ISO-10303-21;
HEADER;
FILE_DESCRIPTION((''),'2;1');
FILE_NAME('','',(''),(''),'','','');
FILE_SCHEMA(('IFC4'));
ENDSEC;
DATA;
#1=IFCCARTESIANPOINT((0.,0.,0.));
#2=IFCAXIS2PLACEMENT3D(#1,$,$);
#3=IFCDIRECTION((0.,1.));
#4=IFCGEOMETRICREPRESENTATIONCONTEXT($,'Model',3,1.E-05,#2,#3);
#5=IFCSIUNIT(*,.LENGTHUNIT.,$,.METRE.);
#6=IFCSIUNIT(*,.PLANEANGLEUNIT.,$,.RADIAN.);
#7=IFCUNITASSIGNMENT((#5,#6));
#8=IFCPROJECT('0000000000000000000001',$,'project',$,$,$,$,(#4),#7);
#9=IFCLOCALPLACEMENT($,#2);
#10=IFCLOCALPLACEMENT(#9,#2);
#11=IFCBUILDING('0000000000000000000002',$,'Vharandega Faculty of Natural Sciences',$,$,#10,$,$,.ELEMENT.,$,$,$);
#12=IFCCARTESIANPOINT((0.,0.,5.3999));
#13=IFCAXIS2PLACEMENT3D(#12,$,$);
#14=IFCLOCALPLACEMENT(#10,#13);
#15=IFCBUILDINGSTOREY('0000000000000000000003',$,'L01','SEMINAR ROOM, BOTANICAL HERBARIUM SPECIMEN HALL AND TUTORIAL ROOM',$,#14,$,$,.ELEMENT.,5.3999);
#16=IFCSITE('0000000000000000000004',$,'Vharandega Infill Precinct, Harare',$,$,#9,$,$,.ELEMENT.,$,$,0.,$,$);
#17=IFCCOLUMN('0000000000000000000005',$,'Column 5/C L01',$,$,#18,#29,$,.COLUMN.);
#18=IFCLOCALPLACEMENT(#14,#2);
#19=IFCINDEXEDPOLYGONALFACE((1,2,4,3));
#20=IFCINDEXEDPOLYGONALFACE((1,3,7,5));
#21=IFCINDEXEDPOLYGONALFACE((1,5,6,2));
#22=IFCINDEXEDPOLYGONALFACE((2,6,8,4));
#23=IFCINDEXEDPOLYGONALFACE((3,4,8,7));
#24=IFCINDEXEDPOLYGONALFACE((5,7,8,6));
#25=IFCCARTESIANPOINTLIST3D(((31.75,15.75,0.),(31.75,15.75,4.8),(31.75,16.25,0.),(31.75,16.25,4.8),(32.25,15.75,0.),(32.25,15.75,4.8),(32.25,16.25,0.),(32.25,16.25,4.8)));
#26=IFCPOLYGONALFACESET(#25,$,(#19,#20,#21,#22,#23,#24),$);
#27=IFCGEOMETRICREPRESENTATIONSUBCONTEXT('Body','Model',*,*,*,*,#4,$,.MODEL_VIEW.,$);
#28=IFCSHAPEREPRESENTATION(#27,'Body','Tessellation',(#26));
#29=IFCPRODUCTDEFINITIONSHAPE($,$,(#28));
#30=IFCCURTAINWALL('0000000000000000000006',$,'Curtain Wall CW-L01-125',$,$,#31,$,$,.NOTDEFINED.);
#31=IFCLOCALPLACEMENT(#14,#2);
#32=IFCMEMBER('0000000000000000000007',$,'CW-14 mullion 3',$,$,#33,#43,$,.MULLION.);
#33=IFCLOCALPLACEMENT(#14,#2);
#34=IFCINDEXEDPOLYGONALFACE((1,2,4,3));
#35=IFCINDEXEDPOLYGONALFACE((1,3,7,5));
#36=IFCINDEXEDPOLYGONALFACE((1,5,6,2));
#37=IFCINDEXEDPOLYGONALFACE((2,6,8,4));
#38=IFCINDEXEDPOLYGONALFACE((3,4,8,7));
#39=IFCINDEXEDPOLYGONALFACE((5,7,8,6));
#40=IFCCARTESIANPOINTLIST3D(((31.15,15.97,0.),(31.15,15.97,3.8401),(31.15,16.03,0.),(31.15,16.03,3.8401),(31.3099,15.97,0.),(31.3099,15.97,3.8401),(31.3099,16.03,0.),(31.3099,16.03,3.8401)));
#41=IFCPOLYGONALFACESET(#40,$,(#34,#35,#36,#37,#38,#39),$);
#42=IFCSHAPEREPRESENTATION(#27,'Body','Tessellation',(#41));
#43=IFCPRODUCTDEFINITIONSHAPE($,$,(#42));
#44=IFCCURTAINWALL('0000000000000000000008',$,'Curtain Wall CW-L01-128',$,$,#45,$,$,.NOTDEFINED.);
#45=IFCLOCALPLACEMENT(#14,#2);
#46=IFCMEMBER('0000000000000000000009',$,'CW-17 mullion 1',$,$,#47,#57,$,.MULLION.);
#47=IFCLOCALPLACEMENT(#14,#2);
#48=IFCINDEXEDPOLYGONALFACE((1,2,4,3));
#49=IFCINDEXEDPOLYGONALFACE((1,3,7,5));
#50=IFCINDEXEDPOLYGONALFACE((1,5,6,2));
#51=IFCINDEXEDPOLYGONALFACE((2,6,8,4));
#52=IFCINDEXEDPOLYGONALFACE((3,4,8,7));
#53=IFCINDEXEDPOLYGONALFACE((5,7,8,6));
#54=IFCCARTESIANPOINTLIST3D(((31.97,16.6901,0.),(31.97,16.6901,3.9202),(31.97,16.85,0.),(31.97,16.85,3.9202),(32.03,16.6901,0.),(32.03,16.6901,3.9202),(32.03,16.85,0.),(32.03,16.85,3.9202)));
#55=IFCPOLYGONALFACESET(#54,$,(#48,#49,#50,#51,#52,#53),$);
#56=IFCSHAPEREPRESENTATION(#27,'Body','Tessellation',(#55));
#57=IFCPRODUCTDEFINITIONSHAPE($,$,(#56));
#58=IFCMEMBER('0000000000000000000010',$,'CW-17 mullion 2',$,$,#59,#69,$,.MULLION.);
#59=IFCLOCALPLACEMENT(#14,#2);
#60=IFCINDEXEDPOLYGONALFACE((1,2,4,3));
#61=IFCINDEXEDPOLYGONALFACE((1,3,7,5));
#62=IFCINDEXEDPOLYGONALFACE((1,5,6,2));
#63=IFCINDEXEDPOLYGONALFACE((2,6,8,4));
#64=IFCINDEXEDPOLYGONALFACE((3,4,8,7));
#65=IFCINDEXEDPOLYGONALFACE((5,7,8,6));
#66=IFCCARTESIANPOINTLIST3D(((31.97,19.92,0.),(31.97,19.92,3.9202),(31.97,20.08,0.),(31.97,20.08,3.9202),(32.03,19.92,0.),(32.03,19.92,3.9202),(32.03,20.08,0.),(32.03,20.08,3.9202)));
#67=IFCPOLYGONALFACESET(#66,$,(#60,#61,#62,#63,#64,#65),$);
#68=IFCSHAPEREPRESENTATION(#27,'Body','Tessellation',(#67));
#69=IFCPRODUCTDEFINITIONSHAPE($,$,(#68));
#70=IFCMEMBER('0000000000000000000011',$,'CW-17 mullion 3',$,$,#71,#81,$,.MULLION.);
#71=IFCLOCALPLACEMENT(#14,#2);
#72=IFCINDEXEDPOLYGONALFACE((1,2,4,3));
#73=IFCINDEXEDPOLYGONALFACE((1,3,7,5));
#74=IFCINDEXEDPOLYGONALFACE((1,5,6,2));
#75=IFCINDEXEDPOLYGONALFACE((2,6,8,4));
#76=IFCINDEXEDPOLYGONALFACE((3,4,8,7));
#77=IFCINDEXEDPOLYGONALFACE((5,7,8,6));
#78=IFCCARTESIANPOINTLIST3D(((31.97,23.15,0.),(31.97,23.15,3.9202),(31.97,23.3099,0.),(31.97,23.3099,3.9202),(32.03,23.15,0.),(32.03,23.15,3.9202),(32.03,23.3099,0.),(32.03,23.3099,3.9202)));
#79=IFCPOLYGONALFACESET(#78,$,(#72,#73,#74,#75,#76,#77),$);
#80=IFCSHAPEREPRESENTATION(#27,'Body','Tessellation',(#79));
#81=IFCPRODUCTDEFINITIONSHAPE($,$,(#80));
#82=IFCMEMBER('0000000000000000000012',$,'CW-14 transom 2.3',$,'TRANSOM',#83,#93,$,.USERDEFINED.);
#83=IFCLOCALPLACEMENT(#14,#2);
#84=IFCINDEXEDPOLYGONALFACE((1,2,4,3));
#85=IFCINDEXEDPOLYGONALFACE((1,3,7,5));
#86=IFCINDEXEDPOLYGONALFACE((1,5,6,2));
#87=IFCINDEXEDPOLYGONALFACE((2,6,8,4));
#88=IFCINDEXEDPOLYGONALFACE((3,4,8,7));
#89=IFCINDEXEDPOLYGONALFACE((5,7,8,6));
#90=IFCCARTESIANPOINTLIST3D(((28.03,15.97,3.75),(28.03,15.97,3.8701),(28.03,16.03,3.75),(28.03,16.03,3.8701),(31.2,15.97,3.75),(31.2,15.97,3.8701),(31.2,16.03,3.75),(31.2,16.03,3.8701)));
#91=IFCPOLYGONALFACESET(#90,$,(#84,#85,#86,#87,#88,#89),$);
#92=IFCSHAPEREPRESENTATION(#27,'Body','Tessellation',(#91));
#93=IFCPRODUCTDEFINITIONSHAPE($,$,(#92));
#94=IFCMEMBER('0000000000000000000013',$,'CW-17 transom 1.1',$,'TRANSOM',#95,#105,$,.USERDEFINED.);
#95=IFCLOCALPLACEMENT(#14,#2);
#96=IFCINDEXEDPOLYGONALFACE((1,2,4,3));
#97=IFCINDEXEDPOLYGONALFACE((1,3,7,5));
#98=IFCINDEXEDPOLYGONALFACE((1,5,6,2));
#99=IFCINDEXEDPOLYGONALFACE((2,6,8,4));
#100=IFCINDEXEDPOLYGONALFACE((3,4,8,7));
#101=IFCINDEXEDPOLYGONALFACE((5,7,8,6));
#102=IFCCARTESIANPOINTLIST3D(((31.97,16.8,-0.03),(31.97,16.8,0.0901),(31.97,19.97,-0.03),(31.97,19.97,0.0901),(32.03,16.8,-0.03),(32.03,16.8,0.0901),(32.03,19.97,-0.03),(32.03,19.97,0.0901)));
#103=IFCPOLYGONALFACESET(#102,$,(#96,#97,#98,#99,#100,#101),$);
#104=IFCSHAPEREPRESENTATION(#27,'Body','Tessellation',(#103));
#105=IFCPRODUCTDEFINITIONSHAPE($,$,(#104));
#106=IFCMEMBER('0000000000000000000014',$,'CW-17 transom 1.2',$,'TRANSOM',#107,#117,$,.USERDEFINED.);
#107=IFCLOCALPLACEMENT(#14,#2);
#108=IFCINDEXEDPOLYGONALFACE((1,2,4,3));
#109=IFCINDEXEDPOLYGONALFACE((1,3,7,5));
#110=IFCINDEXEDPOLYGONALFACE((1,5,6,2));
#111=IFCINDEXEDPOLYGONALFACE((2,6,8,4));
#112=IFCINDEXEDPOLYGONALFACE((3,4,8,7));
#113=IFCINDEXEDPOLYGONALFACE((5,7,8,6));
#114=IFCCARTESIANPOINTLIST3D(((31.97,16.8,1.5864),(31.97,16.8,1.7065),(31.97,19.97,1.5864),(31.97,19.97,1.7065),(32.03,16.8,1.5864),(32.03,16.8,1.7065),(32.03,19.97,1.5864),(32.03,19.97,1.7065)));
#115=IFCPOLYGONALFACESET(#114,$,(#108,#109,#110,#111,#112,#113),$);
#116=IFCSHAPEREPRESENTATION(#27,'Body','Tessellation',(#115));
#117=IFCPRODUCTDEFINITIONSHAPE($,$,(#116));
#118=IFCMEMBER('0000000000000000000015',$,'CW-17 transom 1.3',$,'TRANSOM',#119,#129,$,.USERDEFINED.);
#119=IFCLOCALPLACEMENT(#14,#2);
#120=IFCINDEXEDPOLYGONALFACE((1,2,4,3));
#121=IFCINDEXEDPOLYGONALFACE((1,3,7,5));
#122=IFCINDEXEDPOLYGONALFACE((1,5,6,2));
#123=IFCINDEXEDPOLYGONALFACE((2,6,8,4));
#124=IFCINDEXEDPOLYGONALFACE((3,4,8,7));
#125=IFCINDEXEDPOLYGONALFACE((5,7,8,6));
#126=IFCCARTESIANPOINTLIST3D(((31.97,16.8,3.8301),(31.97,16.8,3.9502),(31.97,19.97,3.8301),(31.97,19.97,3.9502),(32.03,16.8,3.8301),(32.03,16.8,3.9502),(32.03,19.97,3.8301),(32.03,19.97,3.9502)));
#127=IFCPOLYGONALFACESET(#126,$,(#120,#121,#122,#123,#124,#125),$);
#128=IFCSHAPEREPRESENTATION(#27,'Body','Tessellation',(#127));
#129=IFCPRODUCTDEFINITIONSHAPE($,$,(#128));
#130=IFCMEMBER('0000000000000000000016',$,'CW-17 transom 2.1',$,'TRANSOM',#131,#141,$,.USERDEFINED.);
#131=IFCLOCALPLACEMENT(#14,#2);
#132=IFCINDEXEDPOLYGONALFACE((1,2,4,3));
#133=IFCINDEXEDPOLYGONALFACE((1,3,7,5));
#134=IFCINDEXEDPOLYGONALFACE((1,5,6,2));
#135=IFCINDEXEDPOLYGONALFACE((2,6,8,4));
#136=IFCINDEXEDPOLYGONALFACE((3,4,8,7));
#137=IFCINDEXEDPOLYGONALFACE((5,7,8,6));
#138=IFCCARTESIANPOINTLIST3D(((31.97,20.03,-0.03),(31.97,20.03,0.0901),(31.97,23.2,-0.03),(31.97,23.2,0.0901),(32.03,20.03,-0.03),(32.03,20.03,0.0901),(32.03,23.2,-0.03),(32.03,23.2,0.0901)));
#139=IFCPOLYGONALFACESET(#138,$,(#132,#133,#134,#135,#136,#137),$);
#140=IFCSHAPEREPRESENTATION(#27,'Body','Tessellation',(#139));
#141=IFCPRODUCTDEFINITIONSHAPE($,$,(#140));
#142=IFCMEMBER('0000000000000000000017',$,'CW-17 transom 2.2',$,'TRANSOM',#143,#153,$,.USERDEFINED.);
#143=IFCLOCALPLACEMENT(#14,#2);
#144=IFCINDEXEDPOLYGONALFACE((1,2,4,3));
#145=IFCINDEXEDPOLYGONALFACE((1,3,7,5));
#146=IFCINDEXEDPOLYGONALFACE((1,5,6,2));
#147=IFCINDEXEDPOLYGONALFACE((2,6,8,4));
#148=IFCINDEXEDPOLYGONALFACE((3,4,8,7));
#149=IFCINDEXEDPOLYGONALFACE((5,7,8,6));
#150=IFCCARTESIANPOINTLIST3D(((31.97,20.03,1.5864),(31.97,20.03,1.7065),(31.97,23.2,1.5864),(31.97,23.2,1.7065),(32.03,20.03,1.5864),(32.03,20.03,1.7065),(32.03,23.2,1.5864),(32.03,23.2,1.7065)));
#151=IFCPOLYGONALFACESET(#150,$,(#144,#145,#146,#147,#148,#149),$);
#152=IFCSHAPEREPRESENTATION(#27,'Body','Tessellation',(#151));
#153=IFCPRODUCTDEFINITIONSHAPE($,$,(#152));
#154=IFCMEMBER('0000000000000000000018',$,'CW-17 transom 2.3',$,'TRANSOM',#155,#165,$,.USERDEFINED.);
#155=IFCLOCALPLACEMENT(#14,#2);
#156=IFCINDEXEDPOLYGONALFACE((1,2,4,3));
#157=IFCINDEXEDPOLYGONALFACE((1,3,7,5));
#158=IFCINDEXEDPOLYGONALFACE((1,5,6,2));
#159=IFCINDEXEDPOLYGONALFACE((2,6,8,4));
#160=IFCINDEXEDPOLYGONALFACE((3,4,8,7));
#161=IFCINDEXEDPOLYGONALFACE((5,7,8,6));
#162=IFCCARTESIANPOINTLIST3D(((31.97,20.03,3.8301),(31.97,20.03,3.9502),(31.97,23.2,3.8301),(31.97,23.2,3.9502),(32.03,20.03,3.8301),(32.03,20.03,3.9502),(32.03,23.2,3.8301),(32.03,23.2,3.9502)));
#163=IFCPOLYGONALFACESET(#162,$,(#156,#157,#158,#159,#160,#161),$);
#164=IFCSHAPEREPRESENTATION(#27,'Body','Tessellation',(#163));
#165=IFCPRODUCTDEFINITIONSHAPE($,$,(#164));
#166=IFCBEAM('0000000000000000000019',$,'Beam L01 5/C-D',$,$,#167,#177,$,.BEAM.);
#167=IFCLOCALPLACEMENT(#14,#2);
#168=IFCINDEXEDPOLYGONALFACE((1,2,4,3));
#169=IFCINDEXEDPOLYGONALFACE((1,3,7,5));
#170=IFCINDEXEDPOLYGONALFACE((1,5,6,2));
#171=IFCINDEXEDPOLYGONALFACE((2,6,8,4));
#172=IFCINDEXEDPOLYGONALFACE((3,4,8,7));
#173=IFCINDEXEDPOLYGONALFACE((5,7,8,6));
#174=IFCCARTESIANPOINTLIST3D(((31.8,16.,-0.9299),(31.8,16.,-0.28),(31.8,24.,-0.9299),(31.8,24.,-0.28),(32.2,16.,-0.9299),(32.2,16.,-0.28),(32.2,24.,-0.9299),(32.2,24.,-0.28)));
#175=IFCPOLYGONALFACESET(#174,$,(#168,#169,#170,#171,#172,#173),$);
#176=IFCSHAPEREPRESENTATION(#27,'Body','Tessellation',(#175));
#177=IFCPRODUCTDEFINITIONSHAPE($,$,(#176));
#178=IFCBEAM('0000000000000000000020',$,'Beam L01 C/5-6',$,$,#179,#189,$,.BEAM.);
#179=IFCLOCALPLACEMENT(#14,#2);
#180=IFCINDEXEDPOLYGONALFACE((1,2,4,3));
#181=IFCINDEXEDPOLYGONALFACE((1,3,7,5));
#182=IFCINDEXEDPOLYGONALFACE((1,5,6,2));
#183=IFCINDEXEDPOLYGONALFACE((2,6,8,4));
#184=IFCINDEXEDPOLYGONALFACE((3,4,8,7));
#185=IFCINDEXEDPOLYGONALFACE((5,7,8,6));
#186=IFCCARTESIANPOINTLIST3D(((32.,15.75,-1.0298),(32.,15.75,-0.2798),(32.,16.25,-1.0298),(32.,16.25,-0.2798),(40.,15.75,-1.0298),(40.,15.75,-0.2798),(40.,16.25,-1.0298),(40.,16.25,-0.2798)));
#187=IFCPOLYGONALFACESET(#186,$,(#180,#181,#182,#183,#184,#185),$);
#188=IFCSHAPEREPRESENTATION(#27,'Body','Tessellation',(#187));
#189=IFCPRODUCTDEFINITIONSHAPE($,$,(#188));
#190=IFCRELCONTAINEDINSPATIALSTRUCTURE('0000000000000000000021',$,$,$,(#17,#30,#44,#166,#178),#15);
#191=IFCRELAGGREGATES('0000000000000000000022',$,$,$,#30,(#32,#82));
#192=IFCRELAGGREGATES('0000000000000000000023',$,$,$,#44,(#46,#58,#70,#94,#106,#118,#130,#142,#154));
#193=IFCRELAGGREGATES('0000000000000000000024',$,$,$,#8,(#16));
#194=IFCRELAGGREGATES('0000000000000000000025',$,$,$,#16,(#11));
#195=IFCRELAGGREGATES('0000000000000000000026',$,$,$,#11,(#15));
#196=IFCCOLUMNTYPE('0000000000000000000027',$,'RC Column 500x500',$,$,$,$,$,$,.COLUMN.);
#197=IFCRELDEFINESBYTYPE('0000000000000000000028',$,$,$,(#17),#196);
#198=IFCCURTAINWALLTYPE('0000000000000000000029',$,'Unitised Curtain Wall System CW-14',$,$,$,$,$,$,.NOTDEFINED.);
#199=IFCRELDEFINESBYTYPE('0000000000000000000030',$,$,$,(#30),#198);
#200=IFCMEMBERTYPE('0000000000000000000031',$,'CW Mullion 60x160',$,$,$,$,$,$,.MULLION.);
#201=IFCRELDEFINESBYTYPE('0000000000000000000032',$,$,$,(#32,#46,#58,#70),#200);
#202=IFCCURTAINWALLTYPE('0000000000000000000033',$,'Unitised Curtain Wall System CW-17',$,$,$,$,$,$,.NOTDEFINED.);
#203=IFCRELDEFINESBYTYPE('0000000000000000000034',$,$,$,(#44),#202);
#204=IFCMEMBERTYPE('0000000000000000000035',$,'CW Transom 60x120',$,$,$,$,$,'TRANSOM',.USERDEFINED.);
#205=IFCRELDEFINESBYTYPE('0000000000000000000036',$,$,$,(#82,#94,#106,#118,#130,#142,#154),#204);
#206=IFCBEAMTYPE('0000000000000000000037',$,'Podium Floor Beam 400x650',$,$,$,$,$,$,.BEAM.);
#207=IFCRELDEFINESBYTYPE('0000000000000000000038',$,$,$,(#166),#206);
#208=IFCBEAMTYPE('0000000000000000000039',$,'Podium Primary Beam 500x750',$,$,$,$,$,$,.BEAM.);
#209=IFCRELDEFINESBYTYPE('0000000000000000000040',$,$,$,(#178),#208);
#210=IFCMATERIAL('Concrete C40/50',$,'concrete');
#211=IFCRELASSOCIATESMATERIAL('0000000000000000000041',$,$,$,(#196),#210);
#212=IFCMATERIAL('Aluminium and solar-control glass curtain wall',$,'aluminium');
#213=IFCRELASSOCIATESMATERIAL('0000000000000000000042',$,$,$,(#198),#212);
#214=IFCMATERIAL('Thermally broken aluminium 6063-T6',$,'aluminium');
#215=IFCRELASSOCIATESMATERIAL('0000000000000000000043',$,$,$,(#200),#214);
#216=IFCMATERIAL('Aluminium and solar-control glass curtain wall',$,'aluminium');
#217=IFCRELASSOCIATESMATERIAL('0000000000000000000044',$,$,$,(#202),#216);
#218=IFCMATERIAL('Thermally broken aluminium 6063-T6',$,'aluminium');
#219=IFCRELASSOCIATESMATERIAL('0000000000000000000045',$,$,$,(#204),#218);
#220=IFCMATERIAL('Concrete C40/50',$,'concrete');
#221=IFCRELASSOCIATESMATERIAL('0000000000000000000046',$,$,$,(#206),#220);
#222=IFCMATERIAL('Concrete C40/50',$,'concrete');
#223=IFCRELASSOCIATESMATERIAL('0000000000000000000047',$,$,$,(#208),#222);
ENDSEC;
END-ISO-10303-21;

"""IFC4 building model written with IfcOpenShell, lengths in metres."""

from ifc_helpers import new_model, si_unit, direction, frame, origin, origin_2d, place, context, subcontext, project, spatial, rectangle, extrude, material, material_profile, profile_set, type_object, element, aggregate, save


model = new_model("IFC4")

# Units and contexts
model_context = context("Model", 3, precision=1e-05, world=origin(), true_north=direction((0.0, 1.0)))
body_context = subcontext(model_context, "Body", "Model", "MODEL_VIEW")
ifc_project = project(units=[si_unit("LENGTHUNIT", "METRE"), si_unit("PLANEANGLEUNIT", "RADIAN")], contexts=[model_context])

# Site, building, storey
site_placement = place(None, origin())
site = spatial("IfcSite", under=ifc_project, at=site_placement, Name="Vharandega Infill Precinct, Harare", CompositionType="ELEMENT", RefElevation=0.0)
building_placement = place(site_placement, origin())
building = spatial("IfcBuilding", under=site, at=building_placement, Name="Vharandega Faculty of Natural Sciences", CompositionType="ELEMENT")
storey_placement = place(building_placement, frame((0.0, 0.0, 5.3999)))
storey = spatial("IfcBuildingStorey", under=building, at=storey_placement, Name="L01", Description="SEMINAR ROOM, BOTANICAL HERBARIUM SPECIMEN HALL AND TUTORIAL ROOM", CompositionType="ELEMENT", Elevation=5.3999)

# Column
ifc_material_1 = material(Name="Concrete C40/50", Category="concrete")
ifc_material_profile_1 = material_profile(ifc_material_1, rectangle(XDim=0.5, YDim=0.5, at=origin_2d()), Name="RC 500x500")
ifc_profile_set_1 = profile_set([ifc_material_profile_1], Name="Concrete C40/50")
column_type = type_object("IfcColumnType", Name="RC Column 500x500", PredefinedType="COLUMN", material=ifc_profile_set_1)
column_placement = place(storey_placement, frame((32.0, 16.0, 0.0), z_axis=(0.0, 0.0, 1.0), x_axis=(1.0, 0.0, 0.0)))
element("IfcColumn", 1, at=column_placement, inside=storey, type_object=column_type, Name="Column 5/C L01", PredefinedType="COLUMN", context=body_context, shape_type="SweptSolid", body=[
    extrude(rectangle(XDim=0.5, YDim=0.5, at=origin_2d()), origin(), (0.0, 0.0, 1.0), 4.8),
])

# Curtain wall, member
ifc_material_2 = material(Name="Aluminium and solar-control glass curtain wall", Category="aluminium")
curtain_wall_type_1 = type_object("IfcCurtainWallType", Name="Unitised Curtain Wall System CW-14", PredefinedType="NOTDEFINED", material=ifc_material_2)
curtain_wall_1_placement = place(storey_placement, origin())
curtain_wall_1 = element("IfcCurtainWall", 2, at=curtain_wall_1_placement, inside=storey, type_object=curtain_wall_type_1, Name="Curtain Wall CW-L01-125", PredefinedType="NOTDEFINED")
ifc_material_3 = material(Name="Thermally broken aluminium 6063-T6", Category="aluminium")
ifc_material_profile_2 = material_profile(ifc_material_3, rectangle(XDim=0.0601, YDim=0.1599, at=origin_2d()), Name="ALU 60x160")
ifc_profile_set_2 = profile_set([ifc_material_profile_2], Name="Thermally broken aluminium 6063-T6")
member_type_1 = type_object("IfcMemberType", Name="CW Mullion 60x160", PredefinedType="MULLION", material=ifc_profile_set_2)
member_1_placement = place(storey_placement, frame((31.23, 16.0, 0.0), z_axis=(0.0, 0.0, 1.0), x_axis=(0.0, 1.0, 0.0)))
member_1 = element("IfcMember", 3, at=member_1_placement, type_object=member_type_1, Name="CW-14 mullion 3", PredefinedType="MULLION", context=body_context, shape_type="SweptSolid", body=[
    extrude(rectangle(XDim=0.0601, YDim=0.1599, at=origin_2d()), origin(), (0.0, 0.0, 1.0), 3.8401),
])

# Curtain wall, members
ifc_material_4 = material(Name="Aluminium and solar-control glass curtain wall", Category="aluminium")
curtain_wall_type_2 = type_object("IfcCurtainWallType", Name="Unitised Curtain Wall System CW-17", PredefinedType="NOTDEFINED", material=ifc_material_4)
curtain_wall_2_placement = place(storey_placement, origin())
curtain_wall_2 = element("IfcCurtainWall", 4, at=curtain_wall_2_placement, inside=storey, type_object=curtain_wall_type_2, Name="Curtain Wall CW-L01-128", PredefinedType="NOTDEFINED")
member_2_placement = place(storey_placement, frame((32.0, 16.77, 0.0), z_axis=(0.0, 0.0, 1.0), x_axis=(-1.0, 0.0, 0.0)))
member_2 = element("IfcMember", 5, at=member_2_placement, type_object=member_type_1, Name="CW-17 mullion 1", PredefinedType="MULLION", context=body_context, shape_type="SweptSolid", body=[
    extrude(rectangle(XDim=0.0601, YDim=0.1599, at=origin_2d()), origin(), (0.0, 0.0, 1.0), 3.9202),
])
member_3_placement = place(storey_placement, frame((32.0, 20.0, 0.0), z_axis=(0.0, 0.0, 1.0), x_axis=(-1.0, 0.0, 0.0)))
member_3 = element("IfcMember", 6, at=member_3_placement, type_object=member_type_1, Name="CW-17 mullion 2", PredefinedType="MULLION", context=body_context, shape_type="SweptSolid", body=[
    extrude(rectangle(XDim=0.0601, YDim=0.1599, at=origin_2d()), origin(), (0.0, 0.0, 1.0), 3.9202),
])
member_4_placement = place(storey_placement, frame((32.0, 23.23, 0.0), z_axis=(0.0, 0.0, 1.0), x_axis=(-1.0, 0.0, 0.0)))
member_4 = element("IfcMember", 7, at=member_4_placement, type_object=member_type_1, Name="CW-17 mullion 3", PredefinedType="MULLION", context=body_context, shape_type="SweptSolid", body=[
    extrude(rectangle(XDim=0.0601, YDim=0.1599, at=origin_2d()), origin(), (0.0, 0.0, 1.0), 3.9202),
])

# Members
ifc_material_5 = material(Name="Thermally broken aluminium 6063-T6", Category="aluminium")
ifc_material_profile_3 = material_profile(ifc_material_5, rectangle(XDim=0.0601, YDim=0.1201, at=origin_2d()), Name="ALU 60x120")
ifc_profile_set_3 = profile_set([ifc_material_profile_3], Name="Thermally broken aluminium 6063-T6")
member_type_2 = type_object("IfcMemberType", Name="CW Transom 60x120", ElementType="TRANSOM", PredefinedType="USERDEFINED", material=ifc_profile_set_3)
member_5_placement = place(storey_placement, frame((28.03, 16.0, 3.8101), z_axis=(1.0, 0.0, 0.0), x_axis=(0.0, 1.0, 0.0)))
member_5 = element("IfcMember", 8, at=member_5_placement, type_object=member_type_2, Name="CW-14 transom 2.3", ObjectType="TRANSOM", PredefinedType="USERDEFINED", context=body_context, shape_type="SweptSolid", body=[
    extrude(rectangle(XDim=0.0601, YDim=0.1201, at=origin_2d()), origin(), (0.0, 0.0, 1.0), 3.1699),
])
member_6_placement = place(storey_placement, frame((32.0, 16.8, 0.03), z_axis=(0.0, 1.0, 0.0), x_axis=(-1.0, 0.0, 0.0)))
member_6 = element("IfcMember", 9, at=member_6_placement, type_object=member_type_2, Name="CW-17 transom 1.1", ObjectType="TRANSOM", PredefinedType="USERDEFINED", context=body_context, shape_type="SweptSolid", body=[
    extrude(rectangle(XDim=0.0601, YDim=0.1201, at=origin_2d()), origin(), (0.0, 0.0, 1.0), 3.1699),
])
member_7_placement = place(storey_placement, frame((32.0, 16.8, 1.6465), z_axis=(0.0, 1.0, 0.0), x_axis=(-1.0, 0.0, 0.0)))
member_7 = element("IfcMember", 10, at=member_7_placement, type_object=member_type_2, Name="CW-17 transom 1.2", ObjectType="TRANSOM", PredefinedType="USERDEFINED", context=body_context, shape_type="SweptSolid", body=[
    extrude(rectangle(XDim=0.0601, YDim=0.1201, at=origin_2d()), origin(), (0.0, 0.0, 1.0), 3.1699),
])
member_8_placement = place(storey_placement, frame((32.0, 16.8, 3.8901), z_axis=(0.0, 1.0, 0.0), x_axis=(-1.0, 0.0, 0.0)))
member_8 = element("IfcMember", 11, at=member_8_placement, type_object=member_type_2, Name="CW-17 transom 1.3", ObjectType="TRANSOM", PredefinedType="USERDEFINED", context=body_context, shape_type="SweptSolid", body=[
    extrude(rectangle(XDim=0.0601, YDim=0.1201, at=origin_2d()), origin(), (0.0, 0.0, 1.0), 3.1699),
])
member_9_placement = place(storey_placement, frame((32.0, 20.03, 0.03), z_axis=(0.0, 1.0, 0.0), x_axis=(-1.0, 0.0, 0.0)))
member_9 = element("IfcMember", 12, at=member_9_placement, type_object=member_type_2, Name="CW-17 transom 2.1", ObjectType="TRANSOM", PredefinedType="USERDEFINED", context=body_context, shape_type="SweptSolid", body=[
    extrude(rectangle(XDim=0.0601, YDim=0.1201, at=origin_2d()), origin(), (0.0, 0.0, 1.0), 3.1699),
])
member_10_placement = place(storey_placement, frame((32.0, 20.03, 1.6465), z_axis=(0.0, 1.0, 0.0), x_axis=(-1.0, 0.0, 0.0)))
member_10 = element("IfcMember", 13, at=member_10_placement, type_object=member_type_2, Name="CW-17 transom 2.2", ObjectType="TRANSOM", PredefinedType="USERDEFINED", context=body_context, shape_type="SweptSolid", body=[
    extrude(rectangle(XDim=0.0601, YDim=0.1201, at=origin_2d()), origin(), (0.0, 0.0, 1.0), 3.1699),
])
member_11_placement = place(storey_placement, frame((32.0, 20.03, 3.8901), z_axis=(0.0, 1.0, 0.0), x_axis=(-1.0, 0.0, 0.0)))
member_11 = element("IfcMember", 14, at=member_11_placement, type_object=member_type_2, Name="CW-17 transom 2.3", ObjectType="TRANSOM", PredefinedType="USERDEFINED", context=body_context, shape_type="SweptSolid", body=[
    extrude(rectangle(XDim=0.0601, YDim=0.1201, at=origin_2d()), origin(), (0.0, 0.0, 1.0), 3.1699),
])

# Beams
ifc_material_6 = material(Name="Concrete C40/50", Category="concrete")
ifc_material_profile_4 = material_profile(ifc_material_6, rectangle(XDim=0.3999, YDim=0.6499, at=origin_2d()), Name="RC 400x650")
ifc_profile_set_4 = profile_set([ifc_material_profile_4], Name="Concrete C40/50")
beam_type_1 = type_object("IfcBeamType", Name="Podium Floor Beam 400x650", PredefinedType="BEAM", material=ifc_profile_set_4)
beam_1_placement = place(storey_placement, frame((32.0, 16.0, -0.605), z_axis=(0.0, 1.0, 0.0), x_axis=(-1.0, 0.0, 0.0)))
element("IfcBeam", 15, at=beam_1_placement, inside=storey, type_object=beam_type_1, Name="Beam L01 5/C-D", PredefinedType="BEAM", context=body_context, shape_type="SweptSolid", body=[
    extrude(rectangle(XDim=0.3999, YDim=0.6499, at=origin_2d()), origin(), (0.0, 0.0, 1.0), 8.0),
])
ifc_material_7 = material(Name="Concrete C40/50", Category="concrete")
ifc_material_profile_5 = material_profile(ifc_material_7, rectangle(XDim=0.5, YDim=0.75, at=origin_2d()), Name="RC 500x750")
ifc_profile_set_5 = profile_set([ifc_material_profile_5], Name="Concrete C40/50")
beam_type_2 = type_object("IfcBeamType", Name="Podium Primary Beam 500x750", PredefinedType="BEAM", material=ifc_profile_set_5)
beam_2_placement = place(storey_placement, frame((32.0, 16.0, -0.6548), z_axis=(1.0, 0.0, 0.0), x_axis=(0.0, 1.0, 0.0)))
element("IfcBeam", 16, at=beam_2_placement, inside=storey, type_object=beam_type_2, Name="Beam L01 C/5-6", PredefinedType="BEAM", context=body_context, shape_type="SweptSolid", body=[
    extrude(rectangle(XDim=0.5, YDim=0.75, at=origin_2d()), origin(), (0.0, 0.0, 1.0), 8.0),
])

aggregate(curtain_wall_1, [member_1, member_5])
aggregate(curtain_wall_2, [member_2, member_3, member_4, member_6, member_7, member_8, member_9, member_10, member_11])

save(model, "model.ifc")
